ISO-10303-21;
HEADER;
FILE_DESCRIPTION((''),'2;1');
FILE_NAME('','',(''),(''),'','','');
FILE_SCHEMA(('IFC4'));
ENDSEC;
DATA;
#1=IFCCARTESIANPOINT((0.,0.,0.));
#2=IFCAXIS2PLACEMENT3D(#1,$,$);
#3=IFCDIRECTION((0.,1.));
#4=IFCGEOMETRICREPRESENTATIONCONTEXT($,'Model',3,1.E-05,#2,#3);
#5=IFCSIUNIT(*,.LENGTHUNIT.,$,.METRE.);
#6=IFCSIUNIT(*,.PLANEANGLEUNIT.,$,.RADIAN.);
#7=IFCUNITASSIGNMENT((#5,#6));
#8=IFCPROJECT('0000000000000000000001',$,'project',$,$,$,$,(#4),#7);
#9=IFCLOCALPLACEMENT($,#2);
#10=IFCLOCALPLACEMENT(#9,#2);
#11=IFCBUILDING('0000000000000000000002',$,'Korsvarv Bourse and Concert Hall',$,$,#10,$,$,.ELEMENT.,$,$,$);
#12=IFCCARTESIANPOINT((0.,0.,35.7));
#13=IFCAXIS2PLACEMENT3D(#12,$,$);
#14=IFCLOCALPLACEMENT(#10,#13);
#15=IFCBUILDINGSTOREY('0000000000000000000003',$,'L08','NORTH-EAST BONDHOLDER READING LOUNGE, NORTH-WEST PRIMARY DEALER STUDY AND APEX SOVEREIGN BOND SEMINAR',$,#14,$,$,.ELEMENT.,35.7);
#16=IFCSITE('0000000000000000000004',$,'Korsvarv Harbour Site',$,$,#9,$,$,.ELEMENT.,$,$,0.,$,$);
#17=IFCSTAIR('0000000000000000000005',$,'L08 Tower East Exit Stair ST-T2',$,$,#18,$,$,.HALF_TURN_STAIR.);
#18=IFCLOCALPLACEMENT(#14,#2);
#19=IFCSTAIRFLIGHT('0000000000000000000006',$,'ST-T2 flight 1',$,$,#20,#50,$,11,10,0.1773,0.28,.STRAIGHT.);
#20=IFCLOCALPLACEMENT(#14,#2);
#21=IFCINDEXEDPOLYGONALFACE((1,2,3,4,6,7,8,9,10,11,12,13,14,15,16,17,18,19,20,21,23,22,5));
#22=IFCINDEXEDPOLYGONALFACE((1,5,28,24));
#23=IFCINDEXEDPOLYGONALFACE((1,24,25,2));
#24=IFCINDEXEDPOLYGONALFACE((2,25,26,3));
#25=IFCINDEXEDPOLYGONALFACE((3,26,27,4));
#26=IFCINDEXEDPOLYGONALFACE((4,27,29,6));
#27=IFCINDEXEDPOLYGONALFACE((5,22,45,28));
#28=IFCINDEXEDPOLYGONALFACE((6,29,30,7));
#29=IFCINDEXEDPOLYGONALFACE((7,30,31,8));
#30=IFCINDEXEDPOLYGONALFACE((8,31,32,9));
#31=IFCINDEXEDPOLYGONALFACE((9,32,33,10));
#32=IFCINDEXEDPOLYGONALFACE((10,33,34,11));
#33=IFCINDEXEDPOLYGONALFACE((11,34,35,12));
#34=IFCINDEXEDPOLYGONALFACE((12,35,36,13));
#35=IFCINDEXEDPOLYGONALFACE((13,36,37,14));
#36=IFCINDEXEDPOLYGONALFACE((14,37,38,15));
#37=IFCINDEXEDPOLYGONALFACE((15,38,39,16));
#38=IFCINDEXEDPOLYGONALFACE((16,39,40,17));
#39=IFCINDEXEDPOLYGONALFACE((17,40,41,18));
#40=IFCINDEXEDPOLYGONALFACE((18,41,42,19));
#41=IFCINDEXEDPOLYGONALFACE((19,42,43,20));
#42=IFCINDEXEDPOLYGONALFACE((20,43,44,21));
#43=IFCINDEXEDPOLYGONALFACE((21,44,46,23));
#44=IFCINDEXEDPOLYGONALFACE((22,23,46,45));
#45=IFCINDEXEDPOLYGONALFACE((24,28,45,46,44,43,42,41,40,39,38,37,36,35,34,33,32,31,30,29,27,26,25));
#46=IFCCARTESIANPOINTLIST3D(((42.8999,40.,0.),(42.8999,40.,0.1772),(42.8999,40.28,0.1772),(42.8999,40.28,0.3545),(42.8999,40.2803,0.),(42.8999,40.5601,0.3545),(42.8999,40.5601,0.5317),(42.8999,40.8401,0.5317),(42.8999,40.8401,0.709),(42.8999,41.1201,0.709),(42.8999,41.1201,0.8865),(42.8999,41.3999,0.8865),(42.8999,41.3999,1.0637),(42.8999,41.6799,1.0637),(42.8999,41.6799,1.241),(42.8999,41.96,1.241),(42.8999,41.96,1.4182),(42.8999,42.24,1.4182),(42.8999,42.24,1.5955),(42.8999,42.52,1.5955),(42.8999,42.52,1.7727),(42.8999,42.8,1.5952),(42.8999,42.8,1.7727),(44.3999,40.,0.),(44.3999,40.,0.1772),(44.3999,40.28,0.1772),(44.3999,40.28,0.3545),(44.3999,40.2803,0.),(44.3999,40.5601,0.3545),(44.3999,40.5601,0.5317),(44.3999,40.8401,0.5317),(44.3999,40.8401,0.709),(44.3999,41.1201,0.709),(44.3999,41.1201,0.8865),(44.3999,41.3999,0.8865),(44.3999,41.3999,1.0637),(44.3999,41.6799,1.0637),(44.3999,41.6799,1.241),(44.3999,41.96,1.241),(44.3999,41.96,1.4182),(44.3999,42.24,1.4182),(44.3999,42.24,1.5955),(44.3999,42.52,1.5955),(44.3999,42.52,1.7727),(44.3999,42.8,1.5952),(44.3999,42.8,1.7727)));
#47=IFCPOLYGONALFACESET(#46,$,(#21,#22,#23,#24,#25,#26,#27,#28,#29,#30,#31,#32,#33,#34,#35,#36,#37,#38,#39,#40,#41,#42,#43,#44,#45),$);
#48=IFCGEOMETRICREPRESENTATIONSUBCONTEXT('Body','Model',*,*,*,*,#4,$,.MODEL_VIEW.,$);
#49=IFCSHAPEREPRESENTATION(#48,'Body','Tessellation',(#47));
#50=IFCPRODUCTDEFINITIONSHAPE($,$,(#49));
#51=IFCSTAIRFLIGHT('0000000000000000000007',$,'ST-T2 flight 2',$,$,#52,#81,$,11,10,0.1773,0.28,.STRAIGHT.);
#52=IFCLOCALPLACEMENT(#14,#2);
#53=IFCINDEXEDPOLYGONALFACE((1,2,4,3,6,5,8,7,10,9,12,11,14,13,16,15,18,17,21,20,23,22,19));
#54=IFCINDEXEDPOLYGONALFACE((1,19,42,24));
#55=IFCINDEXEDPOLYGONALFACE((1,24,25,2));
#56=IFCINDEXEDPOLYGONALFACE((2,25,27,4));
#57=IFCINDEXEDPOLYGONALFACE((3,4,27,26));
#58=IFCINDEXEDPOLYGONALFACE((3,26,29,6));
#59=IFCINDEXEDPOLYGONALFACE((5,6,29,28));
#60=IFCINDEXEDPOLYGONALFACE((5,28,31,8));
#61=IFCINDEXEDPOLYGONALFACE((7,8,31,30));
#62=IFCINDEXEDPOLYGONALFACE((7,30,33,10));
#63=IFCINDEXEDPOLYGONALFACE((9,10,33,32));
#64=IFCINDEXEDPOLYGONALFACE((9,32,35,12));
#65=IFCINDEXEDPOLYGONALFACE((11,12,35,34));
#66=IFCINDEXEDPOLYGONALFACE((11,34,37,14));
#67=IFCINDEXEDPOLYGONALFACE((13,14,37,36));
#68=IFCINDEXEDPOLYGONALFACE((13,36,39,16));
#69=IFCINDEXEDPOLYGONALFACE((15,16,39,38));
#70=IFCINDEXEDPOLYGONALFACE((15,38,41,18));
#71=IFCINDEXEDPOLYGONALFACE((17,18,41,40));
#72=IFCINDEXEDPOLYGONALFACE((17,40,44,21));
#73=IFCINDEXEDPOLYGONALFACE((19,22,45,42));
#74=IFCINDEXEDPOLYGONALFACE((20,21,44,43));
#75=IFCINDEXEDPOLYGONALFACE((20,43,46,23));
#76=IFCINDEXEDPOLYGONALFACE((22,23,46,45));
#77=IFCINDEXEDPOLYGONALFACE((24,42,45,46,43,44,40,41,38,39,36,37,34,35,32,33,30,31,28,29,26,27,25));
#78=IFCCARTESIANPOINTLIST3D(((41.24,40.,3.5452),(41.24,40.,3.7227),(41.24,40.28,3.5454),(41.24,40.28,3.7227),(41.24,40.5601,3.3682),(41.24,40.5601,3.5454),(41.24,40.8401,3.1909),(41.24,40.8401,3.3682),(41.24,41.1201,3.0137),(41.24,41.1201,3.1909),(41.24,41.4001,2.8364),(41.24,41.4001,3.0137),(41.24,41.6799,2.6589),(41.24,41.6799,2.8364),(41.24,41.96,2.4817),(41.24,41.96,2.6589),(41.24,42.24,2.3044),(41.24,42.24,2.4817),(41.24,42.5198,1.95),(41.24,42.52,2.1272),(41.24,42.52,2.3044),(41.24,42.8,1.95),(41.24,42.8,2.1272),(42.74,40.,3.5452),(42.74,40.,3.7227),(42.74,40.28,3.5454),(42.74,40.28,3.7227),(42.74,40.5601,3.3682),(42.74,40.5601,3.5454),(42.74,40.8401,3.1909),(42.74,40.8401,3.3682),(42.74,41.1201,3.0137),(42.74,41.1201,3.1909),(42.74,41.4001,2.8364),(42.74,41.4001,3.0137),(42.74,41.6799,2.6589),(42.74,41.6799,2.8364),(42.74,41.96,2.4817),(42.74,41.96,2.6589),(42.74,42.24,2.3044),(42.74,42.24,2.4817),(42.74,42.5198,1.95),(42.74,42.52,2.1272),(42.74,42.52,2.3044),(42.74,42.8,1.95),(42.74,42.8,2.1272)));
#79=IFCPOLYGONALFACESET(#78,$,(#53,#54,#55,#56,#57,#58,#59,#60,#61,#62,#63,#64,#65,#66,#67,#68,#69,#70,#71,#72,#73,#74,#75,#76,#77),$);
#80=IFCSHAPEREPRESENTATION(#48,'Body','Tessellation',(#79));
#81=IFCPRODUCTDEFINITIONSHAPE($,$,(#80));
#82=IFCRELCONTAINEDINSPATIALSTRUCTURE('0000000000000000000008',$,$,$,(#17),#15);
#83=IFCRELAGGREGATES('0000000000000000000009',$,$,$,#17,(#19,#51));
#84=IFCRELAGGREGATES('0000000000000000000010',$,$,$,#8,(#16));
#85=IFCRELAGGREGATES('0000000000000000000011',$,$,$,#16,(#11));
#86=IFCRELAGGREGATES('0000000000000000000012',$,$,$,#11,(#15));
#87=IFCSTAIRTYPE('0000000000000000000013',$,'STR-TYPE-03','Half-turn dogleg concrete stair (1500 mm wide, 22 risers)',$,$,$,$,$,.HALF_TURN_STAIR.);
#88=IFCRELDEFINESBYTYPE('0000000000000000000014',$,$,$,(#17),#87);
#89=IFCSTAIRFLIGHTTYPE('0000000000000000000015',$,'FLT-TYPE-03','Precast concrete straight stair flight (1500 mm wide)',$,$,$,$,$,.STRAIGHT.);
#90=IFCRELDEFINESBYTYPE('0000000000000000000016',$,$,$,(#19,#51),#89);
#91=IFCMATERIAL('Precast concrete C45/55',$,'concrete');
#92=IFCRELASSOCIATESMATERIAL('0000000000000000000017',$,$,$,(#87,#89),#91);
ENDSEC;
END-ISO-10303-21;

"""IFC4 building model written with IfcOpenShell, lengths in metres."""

from ifc_helpers import new_model, si_unit, direction, frame, origin, place, context, subcontext, project, spatial, polyline, outline, extrude, material, type_object, element, aggregate, save


model = new_model("IFC4")

# Units and contexts
model_context = context("Model", 3, precision=1e-05, world=origin(), true_north=direction((0.0, 1.0)))
body_context = subcontext(model_context, "Body", "Model", "MODEL_VIEW")
ifc_project = project(units=[si_unit("LENGTHUNIT", "METRE"), si_unit("PLANEANGLEUNIT", "RADIAN")], contexts=[model_context])

# Site, building, storey
site_placement = place(None, origin())
site = spatial("IfcSite", under=ifc_project, at=site_placement, Name="Korsvarv Harbour Site", CompositionType="ELEMENT", RefElevation=0.0)
building_placement = place(site_placement, origin())
building = spatial("IfcBuilding", under=site, at=building_placement, Name="Korsvarv Bourse and Concert Hall", CompositionType="ELEMENT")
storey_placement = place(building_placement, frame((0.0, 0.0, 35.7)))
storey = spatial("IfcBuildingStorey", under=building, at=storey_placement, Name="L08", Description="NORTH-EAST BONDHOLDER READING LOUNGE, NORTH-WEST PRIMARY DEALER STUDY AND APEX SOVEREIGN BOND SEMINAR", CompositionType="ELEMENT", Elevation=35.7)

# Stair, stair flights
ifc_material_1 = material(Name="Precast concrete C45/55", Category="concrete")
stair_type = type_object("IfcStairType", Name="STR-TYPE-03", Description="Half-turn dogleg concrete stair (1500 mm wide, 22 risers)", PredefinedType="HALF_TURN_STAIR", material=ifc_material_1)
stair_placement = place(storey_placement, origin())
stair = element("IfcStair", 1, at=stair_placement, inside=storey, type_object=stair_type, Name="L08 Tower East Exit Stair ST-T2", PredefinedType="HALF_TURN_STAIR")
stair_flight_type = type_object("IfcStairFlightType", Name="FLT-TYPE-03", Description="Precast concrete straight stair flight (1500 mm wide)", PredefinedType="STRAIGHT", material=ifc_material_1)
stair_flight_1_placement = place(storey_placement, frame((43.6499, 40.0, 0.0), z_axis=(0.0, 0.0, 1.0), x_axis=(0.0, 1.0, 0.0)))
stair_flight_1 = element("IfcStairFlight", 2, at=stair_flight_1_placement, type_object=stair_flight_type, Name="ST-T2 flight 1", NumberOfRisers=11, NumberOfTreads=10, PredefinedType="STRAIGHT", RiserHeight=0.1773, TreadLength=0.28, context=body_context, shape_type="SweptSolid", body=[
    extrude(outline(polyline([(0.0, 0.0), (0.0, 0.1772), (0.28, 0.1772), (0.28, 0.3545), (0.5601, 0.3545), (0.5601, 0.5317), (0.8401, 0.5317), (0.8401, 0.709), (1.1201, 0.709), (1.1201, 0.8865), (1.3999, 0.8865), (1.3999, 1.0637), (1.6799, 1.0637), (1.6799, 1.241), (1.96, 1.241), (1.96, 1.4182), (2.24, 1.4182), (2.24, 1.5955), (2.52, 1.5955), (2.52, 1.7727), (2.8, 1.7727), (2.8, 1.95), (2.8, 1.5952), (0.2803, 0.0), (0.0, 0.0)])), frame((0.0, 0.75, 0.0), z_axis=(0.0, -1.0, 0.0), x_axis=(1.0, 0.0, 0.0)), (0.0, 0.0, 1.0), 1.5),
])
stair_flight_2_placement = place(storey_placement, frame((41.99, 42.8, 1.95), z_axis=(0.0, 0.0, 1.0), x_axis=(0.0, -1.0, 0.0)))
stair_flight_2 = element("IfcStairFlight", 3, at=stair_flight_2_placement, type_object=stair_flight_type, Name="ST-T2 flight 2", NumberOfRisers=11, NumberOfTreads=10, PredefinedType="STRAIGHT", RiserHeight=0.1773, TreadLength=0.28, context=body_context, shape_type="SweptSolid", body=[
    extrude(outline(polyline([(0.0, 0.0), (0.0, 0.1772), (0.28, 0.1772), (0.28, 0.3545), (0.5601, 0.3545), (0.5601, 0.5317), (0.8401, 0.5317), (0.8401, 0.709), (1.1201, 0.709), (1.1201, 0.8865), (1.3999, 0.8865), (1.3999, 1.0637), (1.6799, 1.0637), (1.6799, 1.241), (1.96, 1.241), (1.96, 1.4182), (2.24, 1.4182), (2.24, 1.5955), (2.52, 1.5955), (2.52, 1.7727), (2.8, 1.7727), (2.8, 1.95), (2.8, 1.5952), (0.2803, 0.0), (0.0, 0.0)])), frame((0.0, 0.75, 0.0), z_axis=(0.0, -1.0, 0.0), x_axis=(1.0, 0.0, 0.0)), (0.0, 0.0, 1.0), 1.5),
])
aggregate(stair, [stair_flight_1, stair_flight_2])

save(model, "model.ifc")
